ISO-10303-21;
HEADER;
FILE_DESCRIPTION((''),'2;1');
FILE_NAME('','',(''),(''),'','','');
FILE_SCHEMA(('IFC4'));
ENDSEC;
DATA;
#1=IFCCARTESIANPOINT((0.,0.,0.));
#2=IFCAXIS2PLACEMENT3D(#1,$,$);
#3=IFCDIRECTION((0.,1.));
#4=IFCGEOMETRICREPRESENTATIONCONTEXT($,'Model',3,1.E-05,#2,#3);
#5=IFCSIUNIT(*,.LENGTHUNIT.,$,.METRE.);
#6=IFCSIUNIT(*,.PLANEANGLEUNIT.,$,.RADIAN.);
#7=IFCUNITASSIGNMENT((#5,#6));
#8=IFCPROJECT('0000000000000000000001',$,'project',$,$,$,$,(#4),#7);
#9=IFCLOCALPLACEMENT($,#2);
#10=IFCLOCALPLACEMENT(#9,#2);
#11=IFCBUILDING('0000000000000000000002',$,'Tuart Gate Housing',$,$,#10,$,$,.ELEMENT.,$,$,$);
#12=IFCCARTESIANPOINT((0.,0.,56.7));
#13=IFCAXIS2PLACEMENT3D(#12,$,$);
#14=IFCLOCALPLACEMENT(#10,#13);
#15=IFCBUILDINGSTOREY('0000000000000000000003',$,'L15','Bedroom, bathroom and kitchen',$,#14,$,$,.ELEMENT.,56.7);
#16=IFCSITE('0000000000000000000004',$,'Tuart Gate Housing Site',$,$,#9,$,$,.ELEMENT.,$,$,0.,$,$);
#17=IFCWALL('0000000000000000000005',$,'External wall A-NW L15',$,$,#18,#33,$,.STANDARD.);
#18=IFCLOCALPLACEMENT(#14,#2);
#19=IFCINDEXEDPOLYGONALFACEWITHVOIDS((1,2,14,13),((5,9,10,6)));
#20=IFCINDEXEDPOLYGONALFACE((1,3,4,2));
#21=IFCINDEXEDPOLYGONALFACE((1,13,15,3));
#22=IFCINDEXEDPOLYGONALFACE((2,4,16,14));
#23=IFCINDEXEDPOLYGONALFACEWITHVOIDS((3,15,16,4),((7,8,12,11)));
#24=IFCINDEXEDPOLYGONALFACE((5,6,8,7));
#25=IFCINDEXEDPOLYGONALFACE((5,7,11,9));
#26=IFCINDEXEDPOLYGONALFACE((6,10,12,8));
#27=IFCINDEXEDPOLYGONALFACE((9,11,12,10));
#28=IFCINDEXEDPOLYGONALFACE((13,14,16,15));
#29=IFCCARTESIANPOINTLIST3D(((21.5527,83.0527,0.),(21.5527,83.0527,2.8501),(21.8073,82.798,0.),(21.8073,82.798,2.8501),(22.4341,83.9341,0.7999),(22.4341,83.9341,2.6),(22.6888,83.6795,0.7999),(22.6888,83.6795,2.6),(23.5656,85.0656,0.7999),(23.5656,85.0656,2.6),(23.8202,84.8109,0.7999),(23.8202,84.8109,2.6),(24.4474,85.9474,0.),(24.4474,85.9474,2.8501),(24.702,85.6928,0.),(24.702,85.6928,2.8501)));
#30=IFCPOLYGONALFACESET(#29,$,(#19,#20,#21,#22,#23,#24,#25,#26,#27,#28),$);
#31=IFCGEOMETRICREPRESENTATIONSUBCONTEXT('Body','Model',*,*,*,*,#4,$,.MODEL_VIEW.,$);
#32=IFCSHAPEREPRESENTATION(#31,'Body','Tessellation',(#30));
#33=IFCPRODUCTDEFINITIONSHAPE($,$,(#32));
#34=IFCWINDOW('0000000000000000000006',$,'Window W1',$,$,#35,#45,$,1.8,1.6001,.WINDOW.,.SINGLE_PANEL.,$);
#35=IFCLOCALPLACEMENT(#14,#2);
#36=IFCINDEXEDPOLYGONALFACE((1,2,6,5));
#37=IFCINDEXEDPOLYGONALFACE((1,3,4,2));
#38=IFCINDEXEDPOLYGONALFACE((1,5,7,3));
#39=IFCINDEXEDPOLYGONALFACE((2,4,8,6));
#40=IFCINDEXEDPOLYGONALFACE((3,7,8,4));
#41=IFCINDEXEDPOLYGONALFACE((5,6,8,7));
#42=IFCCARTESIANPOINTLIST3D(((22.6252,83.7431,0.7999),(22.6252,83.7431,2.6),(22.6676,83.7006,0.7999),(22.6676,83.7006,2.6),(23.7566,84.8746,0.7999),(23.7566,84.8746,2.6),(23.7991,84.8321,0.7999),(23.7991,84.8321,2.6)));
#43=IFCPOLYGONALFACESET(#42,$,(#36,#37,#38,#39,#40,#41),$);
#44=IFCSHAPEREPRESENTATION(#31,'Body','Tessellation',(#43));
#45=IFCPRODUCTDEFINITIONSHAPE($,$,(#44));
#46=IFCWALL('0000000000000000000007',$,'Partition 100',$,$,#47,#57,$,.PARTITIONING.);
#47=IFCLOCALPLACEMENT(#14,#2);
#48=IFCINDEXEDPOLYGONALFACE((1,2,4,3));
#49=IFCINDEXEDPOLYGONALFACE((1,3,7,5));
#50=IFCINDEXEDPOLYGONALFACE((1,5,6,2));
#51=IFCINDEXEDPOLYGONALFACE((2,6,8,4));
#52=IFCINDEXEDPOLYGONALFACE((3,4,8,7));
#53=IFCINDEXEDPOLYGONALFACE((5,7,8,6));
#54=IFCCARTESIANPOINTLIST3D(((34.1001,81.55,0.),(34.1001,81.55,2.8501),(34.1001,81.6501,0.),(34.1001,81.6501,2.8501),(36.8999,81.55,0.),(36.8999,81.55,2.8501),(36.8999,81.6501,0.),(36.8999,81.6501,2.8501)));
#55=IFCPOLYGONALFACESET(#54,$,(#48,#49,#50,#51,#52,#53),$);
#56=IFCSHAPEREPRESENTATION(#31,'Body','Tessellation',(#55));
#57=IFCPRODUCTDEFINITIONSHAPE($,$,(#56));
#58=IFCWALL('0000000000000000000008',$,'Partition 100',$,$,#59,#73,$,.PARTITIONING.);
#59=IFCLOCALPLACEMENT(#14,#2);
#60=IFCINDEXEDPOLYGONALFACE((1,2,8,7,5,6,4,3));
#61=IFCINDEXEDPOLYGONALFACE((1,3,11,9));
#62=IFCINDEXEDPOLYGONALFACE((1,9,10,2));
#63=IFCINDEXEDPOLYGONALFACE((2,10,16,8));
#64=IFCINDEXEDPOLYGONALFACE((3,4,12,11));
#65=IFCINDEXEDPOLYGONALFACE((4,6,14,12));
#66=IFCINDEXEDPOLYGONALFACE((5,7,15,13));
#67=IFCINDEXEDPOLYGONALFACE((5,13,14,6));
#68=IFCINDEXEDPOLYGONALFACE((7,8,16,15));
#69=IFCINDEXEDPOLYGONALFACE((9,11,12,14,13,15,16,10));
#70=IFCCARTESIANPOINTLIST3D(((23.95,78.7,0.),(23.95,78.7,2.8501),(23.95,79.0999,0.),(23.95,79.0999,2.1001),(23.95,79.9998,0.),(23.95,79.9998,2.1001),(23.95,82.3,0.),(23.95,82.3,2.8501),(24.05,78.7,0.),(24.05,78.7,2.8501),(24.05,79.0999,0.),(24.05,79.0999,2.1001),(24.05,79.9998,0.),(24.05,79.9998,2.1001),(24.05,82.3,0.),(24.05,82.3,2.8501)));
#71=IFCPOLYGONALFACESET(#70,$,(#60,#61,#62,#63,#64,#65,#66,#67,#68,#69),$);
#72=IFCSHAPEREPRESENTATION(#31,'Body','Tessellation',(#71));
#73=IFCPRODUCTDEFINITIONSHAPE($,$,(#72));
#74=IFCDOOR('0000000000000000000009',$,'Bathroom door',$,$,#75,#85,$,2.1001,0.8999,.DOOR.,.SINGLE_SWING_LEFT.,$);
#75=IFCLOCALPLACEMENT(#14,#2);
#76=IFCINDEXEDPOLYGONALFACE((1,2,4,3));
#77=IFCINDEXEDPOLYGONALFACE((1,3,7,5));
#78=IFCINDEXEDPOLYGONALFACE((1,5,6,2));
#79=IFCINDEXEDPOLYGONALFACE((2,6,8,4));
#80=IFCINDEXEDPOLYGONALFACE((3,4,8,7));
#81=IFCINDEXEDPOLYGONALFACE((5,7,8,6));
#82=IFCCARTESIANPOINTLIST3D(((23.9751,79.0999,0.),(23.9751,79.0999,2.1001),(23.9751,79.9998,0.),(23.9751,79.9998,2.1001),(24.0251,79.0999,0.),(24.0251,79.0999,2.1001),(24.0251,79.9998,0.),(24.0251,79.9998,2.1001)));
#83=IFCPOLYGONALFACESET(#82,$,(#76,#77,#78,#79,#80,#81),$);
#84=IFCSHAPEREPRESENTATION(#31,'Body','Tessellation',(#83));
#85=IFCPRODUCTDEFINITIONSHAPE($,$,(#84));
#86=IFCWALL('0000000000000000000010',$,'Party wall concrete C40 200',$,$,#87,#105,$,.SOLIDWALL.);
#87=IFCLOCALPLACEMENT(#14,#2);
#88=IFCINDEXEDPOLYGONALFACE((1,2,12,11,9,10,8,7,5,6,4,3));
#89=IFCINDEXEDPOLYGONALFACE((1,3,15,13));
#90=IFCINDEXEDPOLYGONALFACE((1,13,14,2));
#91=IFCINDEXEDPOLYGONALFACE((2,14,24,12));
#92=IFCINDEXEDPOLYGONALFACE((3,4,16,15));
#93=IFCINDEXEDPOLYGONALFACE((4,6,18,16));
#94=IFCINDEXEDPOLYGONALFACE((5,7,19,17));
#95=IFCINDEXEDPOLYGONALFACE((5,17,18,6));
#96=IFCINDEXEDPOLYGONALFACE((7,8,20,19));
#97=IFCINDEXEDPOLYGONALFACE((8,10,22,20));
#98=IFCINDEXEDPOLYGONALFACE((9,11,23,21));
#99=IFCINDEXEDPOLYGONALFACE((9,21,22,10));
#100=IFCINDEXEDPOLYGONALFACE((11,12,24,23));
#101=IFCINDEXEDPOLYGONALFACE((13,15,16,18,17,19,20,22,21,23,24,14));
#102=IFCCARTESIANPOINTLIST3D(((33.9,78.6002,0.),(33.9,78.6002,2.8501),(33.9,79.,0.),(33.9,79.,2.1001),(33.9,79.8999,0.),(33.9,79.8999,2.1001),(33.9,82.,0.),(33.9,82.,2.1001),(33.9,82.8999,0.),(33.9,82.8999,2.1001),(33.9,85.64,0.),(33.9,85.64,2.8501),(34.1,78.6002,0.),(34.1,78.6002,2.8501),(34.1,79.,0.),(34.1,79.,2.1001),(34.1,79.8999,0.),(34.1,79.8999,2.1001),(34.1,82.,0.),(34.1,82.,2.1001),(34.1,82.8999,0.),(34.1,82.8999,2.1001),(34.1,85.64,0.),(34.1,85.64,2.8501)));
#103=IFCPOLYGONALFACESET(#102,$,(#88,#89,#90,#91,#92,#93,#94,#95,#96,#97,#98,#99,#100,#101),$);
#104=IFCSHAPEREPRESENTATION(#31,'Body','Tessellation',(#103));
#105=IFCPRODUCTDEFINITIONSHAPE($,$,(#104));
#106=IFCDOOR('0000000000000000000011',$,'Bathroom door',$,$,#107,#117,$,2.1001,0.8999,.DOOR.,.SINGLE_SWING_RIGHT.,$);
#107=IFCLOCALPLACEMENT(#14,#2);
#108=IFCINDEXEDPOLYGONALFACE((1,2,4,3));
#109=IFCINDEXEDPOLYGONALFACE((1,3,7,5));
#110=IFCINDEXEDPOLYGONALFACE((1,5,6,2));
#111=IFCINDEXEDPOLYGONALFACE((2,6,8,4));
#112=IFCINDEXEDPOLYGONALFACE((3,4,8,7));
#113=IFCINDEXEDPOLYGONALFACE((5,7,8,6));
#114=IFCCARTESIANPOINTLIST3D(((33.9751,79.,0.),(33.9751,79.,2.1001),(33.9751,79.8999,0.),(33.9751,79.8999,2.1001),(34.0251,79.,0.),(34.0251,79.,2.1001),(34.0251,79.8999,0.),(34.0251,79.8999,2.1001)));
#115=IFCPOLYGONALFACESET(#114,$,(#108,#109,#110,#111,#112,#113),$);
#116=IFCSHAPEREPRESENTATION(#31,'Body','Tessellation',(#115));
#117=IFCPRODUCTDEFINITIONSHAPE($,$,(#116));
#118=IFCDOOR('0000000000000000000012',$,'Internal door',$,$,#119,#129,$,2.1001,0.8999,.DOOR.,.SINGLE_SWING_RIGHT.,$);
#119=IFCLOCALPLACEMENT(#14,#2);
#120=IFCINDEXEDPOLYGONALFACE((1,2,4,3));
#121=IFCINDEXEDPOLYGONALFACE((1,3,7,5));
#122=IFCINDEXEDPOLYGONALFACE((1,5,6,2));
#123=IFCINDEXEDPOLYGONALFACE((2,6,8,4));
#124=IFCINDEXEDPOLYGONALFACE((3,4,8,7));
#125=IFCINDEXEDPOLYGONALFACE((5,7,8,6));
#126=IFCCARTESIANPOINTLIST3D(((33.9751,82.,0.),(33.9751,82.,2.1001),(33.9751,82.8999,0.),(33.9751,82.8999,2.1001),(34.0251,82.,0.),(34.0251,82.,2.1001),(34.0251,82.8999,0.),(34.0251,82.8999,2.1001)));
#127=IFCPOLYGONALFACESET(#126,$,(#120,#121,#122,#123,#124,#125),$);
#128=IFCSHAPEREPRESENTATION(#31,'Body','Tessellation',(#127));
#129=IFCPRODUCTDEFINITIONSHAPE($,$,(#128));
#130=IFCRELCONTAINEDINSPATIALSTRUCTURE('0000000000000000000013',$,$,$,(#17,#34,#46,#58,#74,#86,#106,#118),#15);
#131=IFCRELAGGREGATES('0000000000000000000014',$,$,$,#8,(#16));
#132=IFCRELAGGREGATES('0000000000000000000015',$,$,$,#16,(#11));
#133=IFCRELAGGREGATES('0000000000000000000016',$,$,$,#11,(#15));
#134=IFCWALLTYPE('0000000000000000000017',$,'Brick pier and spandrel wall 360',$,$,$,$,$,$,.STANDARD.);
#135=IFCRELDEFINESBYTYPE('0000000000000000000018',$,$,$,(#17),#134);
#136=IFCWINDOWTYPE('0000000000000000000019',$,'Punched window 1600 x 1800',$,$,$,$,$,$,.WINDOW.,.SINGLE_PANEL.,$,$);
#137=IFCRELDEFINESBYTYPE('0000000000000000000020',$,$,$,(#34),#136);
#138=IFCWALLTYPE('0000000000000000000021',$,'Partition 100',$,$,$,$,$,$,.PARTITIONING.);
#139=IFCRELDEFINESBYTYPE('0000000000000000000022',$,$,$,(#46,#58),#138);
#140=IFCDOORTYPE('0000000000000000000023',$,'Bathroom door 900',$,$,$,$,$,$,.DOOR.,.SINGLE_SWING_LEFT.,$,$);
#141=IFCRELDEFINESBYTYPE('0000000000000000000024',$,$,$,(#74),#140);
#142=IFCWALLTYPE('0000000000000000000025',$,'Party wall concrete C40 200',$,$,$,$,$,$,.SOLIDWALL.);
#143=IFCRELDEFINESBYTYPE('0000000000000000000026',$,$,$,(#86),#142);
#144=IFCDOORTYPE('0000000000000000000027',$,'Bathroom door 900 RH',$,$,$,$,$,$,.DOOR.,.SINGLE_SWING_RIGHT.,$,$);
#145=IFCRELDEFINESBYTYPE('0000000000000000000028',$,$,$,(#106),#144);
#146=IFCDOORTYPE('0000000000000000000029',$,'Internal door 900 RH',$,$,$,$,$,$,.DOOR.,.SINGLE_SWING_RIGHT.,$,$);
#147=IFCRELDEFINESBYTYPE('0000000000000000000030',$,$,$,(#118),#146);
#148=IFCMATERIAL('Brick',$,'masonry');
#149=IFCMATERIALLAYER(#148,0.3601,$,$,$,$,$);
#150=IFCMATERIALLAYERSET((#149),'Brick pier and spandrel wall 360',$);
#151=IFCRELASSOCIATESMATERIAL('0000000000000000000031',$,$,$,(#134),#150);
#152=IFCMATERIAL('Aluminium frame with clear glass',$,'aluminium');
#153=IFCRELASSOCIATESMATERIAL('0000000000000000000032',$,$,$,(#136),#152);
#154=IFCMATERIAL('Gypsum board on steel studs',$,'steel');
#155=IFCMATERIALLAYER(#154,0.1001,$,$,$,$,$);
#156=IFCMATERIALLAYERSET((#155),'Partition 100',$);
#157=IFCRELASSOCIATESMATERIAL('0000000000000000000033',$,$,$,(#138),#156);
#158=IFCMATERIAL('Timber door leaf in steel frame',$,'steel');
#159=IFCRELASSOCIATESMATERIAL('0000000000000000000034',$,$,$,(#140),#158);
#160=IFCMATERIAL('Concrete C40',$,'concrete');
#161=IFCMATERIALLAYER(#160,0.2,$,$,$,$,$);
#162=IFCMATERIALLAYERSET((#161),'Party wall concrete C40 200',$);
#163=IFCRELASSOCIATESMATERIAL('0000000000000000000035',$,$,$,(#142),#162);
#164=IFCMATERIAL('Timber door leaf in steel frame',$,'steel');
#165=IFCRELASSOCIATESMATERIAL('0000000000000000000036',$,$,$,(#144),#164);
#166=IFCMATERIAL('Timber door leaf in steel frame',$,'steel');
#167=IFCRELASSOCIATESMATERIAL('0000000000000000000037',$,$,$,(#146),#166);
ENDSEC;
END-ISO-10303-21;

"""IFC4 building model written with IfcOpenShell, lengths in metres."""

from ifc_helpers import new_model, si_unit, direction, frame, frame_2d, origin, place, context, subcontext, project, spatial, rectangle, extrude, material, layer, layer_set, type_object, element, fill, save


model = new_model("IFC4")

# Units and contexts
model_context = context("Model", 3, precision=1e-05, world=origin(), true_north=direction((0.0, 1.0)))
body_context = subcontext(model_context, "Body", "Model", "MODEL_VIEW")
ifc_project = project(units=[si_unit("LENGTHUNIT", "METRE"), si_unit("PLANEANGLEUNIT", "RADIAN")], contexts=[model_context])

# Site, building, storey
site_placement = place(None, origin())
site = spatial("IfcSite", under=ifc_project, at=site_placement, Name="Tuart Gate Housing Site", CompositionType="ELEMENT", RefElevation=0.0)
building_placement = place(site_placement, origin())
building = spatial("IfcBuilding", under=site, at=building_placement, Name="Tuart Gate Housing", CompositionType="ELEMENT")
storey_placement = place(building_placement, frame((0.0, 0.0, 56.7)))
storey = spatial("IfcBuildingStorey", under=building, at=storey_placement, Name="L15", Description="Bedroom, bathroom and kitchen", CompositionType="ELEMENT", Elevation=56.7)

# Wall, opening, window
ifc_material_1 = material(Name="Brick", Category="masonry")
ifc_layer_1 = layer(ifc_material_1, 0.3601)
ifc_layer_set_1 = layer_set([ifc_layer_1], Name="Brick pier and spandrel wall 360")
wall_type_1 = type_object("IfcWallType", Name="Brick pier and spandrel wall 360", PredefinedType="STANDARD", material=ifc_layer_set_1)
wall_1_placement = place(storey_placement, frame((24.5747, 85.8201, 0.0), z_axis=(0.0, 0.0, 1.0), x_axis=(-0.707107, -0.707107, 0.0)))
wall_1 = element("IfcWall", 1, at=wall_1_placement, inside=storey, type_object=wall_type_1, Name="External wall A-NW L15", PredefinedType="STANDARD", context=body_context, shape_type="SweptSolid", body=[
    extrude(rectangle(XDim=4.0938, YDim=0.3601, at=frame_2d((2.0469, 0.0))), origin(), (0.0, 0.0, 1.0), 2.8501),
])
opening_1_placement = place(wall_1_placement, frame((1.2471, 0.0, 0.8)))
opening_1 = element("IfcOpeningElement", 2, at=opening_1_placement, cuts=wall_1, PredefinedType="OPENING", context=body_context, shape_type="SweptSolid", body=[
    extrude(rectangle(XDim=1.6001, YDim=1.8, at=frame_2d((0.8, 0.8999))), frame((0.0, 0.1899, 0.0), z_axis=(0.0, -1.0, 0.0), x_axis=(1.0, 0.0, 0.0)), (0.0, 0.0, 1.0), 0.3801),
])
ifc_material_2 = material(Name="Aluminium frame with clear glass", Category="aluminium")
window_type = type_object("IfcWindowType", Name="Punched window 1600 x 1800", PartitioningType="SINGLE_PANEL", PredefinedType="WINDOW", material=ifc_material_2)
window_placement = place(opening_1_placement, origin())
window = element("IfcWindow", 3, at=window_placement, inside=storey, type_object=window_type, Name="Window W1", OverallHeight=1.8, OverallWidth=1.6001, PartitioningType="SINGLE_PANEL", PredefinedType="WINDOW", context=body_context, shape_type="SweptSolid", body=[
    extrude(rectangle(XDim=1.6001, YDim=1.8, at=frame_2d((0.8, 0.8999))), frame((0.0, 0.1501, 0.0), z_axis=(0.0, -1.0, 0.0), x_axis=(1.0, 0.0, 0.0)), (0.0, 0.0, 1.0), 0.0601),
])
fill(opening_1, window)

# Wall
ifc_material_3 = material(Name="Gypsum board on steel studs", Category="steel")
ifc_layer_2 = layer(ifc_material_3, 0.1001)
ifc_layer_set_2 = layer_set([ifc_layer_2], Name="Partition 100")
wall_type_2 = type_object("IfcWallType", Name="Partition 100", PredefinedType="PARTITIONING", material=ifc_layer_set_2)
wall_2_placement = place(storey_placement, frame((34.1001, 81.6001, 0.0), z_axis=(0.0, 0.0, 1.0), x_axis=(1.0, 0.0, 0.0)))
element("IfcWall", 4, at=wall_2_placement, inside=storey, type_object=wall_type_2, Name="Partition 100", PredefinedType="PARTITIONING", context=body_context, shape_type="SweptSolid", body=[
    extrude(rectangle(XDim=2.7998, YDim=0.1001, at=frame_2d((1.3999, 0.0))), origin(), (0.0, 0.0, 1.0), 2.8501),
])

# Wall, opening, door
wall_3_placement = place(storey_placement, frame((24.0, 78.7, 0.0), z_axis=(0.0, 0.0, 1.0), x_axis=(0.0, 1.0, 0.0)))
wall_3 = element("IfcWall", 5, at=wall_3_placement, inside=storey, type_object=wall_type_2, Name="Partition 100", PredefinedType="PARTITIONING", context=body_context, shape_type="SweptSolid", body=[
    extrude(rectangle(XDim=3.6001, YDim=0.1001, at=frame_2d((1.8, 0.0))), origin(), (0.0, 0.0, 1.0), 2.8501),
])
opening_2_placement = place(wall_3_placement, frame((0.3999, 0.0, 0.0)))
opening_2 = element("IfcOpeningElement", 6, at=opening_2_placement, cuts=wall_3, PredefinedType="OPENING", context=body_context, shape_type="SweptSolid", body=[
    extrude(rectangle(XDim=0.8999, YDim=2.1001, at=frame_2d((0.45, 1.05))), frame((0.0, 0.0601, 0.0), z_axis=(0.0, -1.0, 0.0), x_axis=(1.0, 0.0, 0.0)), (0.0, 0.0, 1.0), 0.1201),
])
ifc_material_4 = material(Name="Timber door leaf in steel frame", Category="steel")
door_type_1 = type_object("IfcDoorType", Name="Bathroom door 900", OperationType="SINGLE_SWING_LEFT", PredefinedType="DOOR", material=ifc_material_4)
door_1_placement = place(opening_2_placement, origin())
door_1 = element("IfcDoor", 7, at=door_1_placement, inside=storey, type_object=door_type_1, Name="Bathroom door", OperationType="SINGLE_SWING_LEFT", OverallHeight=2.1001, OverallWidth=0.8999, PredefinedType="DOOR", context=body_context, shape_type="SweptSolid", body=[
    extrude(rectangle(XDim=0.8999, YDim=2.1001, at=frame_2d((0.45, 1.05))), frame((0.0, 0.0249, 0.0), z_axis=(0.0, -1.0, 0.0), x_axis=(1.0, 0.0, 0.0)), (0.0, 0.0, 1.0), 0.05),
])
fill(opening_2, door_1)

# Wall, openings, doors
ifc_material_5 = material(Name="Concrete C40", Category="concrete")
ifc_layer_3 = layer(ifc_material_5, 0.2)
ifc_layer_set_3 = layer_set([ifc_layer_3], Name="Party wall concrete C40 200")
wall_type_3 = type_object("IfcWallType", Name="Party wall concrete C40 200", PredefinedType="SOLIDWALL", material=ifc_layer_set_3)
wall_4_placement = place(storey_placement, frame((34.0, 78.6001, 0.0), z_axis=(0.0, 0.0, 1.0), x_axis=(0.0, 1.0, 0.0)))
wall_4 = element("IfcWall", 8, at=wall_4_placement, inside=storey, type_object=wall_type_3, Name="Party wall concrete C40 200", PredefinedType="SOLIDWALL", context=body_context, shape_type="SweptSolid", body=[
    extrude(rectangle(XDim=7.0398, YDim=0.2, at=frame_2d((3.52, 0.0))), origin(), (0.0, 0.0, 1.0), 2.8501),
])
opening_3_placement = place(wall_4_placement, frame((3.3999, 0.0, 0.0)))
opening_3 = element("IfcOpeningElement", 9, at=opening_3_placement, cuts=wall_4, PredefinedType="OPENING", context=body_context, shape_type="SweptSolid", body=[
    extrude(rectangle(XDim=0.8999, YDim=2.1001, at=frame_2d((0.45, 1.05))), frame((0.0, 0.1099, 0.0), z_axis=(0.0, -1.0, 0.0), x_axis=(1.0, 0.0, 0.0)), (0.0, 0.0, 1.0), 0.22),
])
opening_4_placement = place(wall_4_placement, frame((0.3999, 0.0, 0.0)))
opening_4 = element("IfcOpeningElement", 10, at=opening_4_placement, cuts=wall_4, PredefinedType="OPENING", context=body_context, shape_type="SweptSolid", body=[
    extrude(rectangle(XDim=0.8999, YDim=2.1001, at=frame_2d((0.45, 1.05))), frame((0.0, 0.1099, 0.0), z_axis=(0.0, -1.0, 0.0), x_axis=(1.0, 0.0, 0.0)), (0.0, 0.0, 1.0), 0.22),
])
ifc_material_6 = material(Name="Timber door leaf in steel frame", Category="steel")
door_type_2 = type_object("IfcDoorType", Name="Bathroom door 900 RH", OperationType="SINGLE_SWING_RIGHT", PredefinedType="DOOR", material=ifc_material_6)
door_2_placement = place(opening_4_placement, frame((0.8999, 0.0, 0.0), z_axis=(0.0, 0.0, 1.0), x_axis=(-1.0, 0.0, 0.0)))
door_2 = element("IfcDoor", 11, at=door_2_placement, inside=storey, type_object=door_type_2, Name="Bathroom door", OperationType="SINGLE_SWING_RIGHT", OverallHeight=2.1001, OverallWidth=0.8999, PredefinedType="DOOR", context=body_context, shape_type="SweptSolid", body=[
    extrude(rectangle(XDim=0.8999, YDim=2.1001, at=frame_2d((0.45, 1.05))), frame((0.0, 0.0251, 0.0), z_axis=(0.0, -1.0, 0.0), x_axis=(1.0, 0.0, 0.0)), (0.0, 0.0, 1.0), 0.05),
])
fill(opening_4, door_2)
ifc_material_7 = material(Name="Timber door leaf in steel frame", Category="steel")
door_type_3 = type_object("IfcDoorType", Name="Internal door 900 RH", OperationType="SINGLE_SWING_RIGHT", PredefinedType="DOOR", material=ifc_material_7)
door_3_placement = place(opening_3_placement, frame((0.8999, 0.0, 0.0), z_axis=(0.0, 0.0, 1.0), x_axis=(-1.0, 0.0, 0.0)))
door_3 = element("IfcDoor", 12, at=door_3_placement, inside=storey, type_object=door_type_3, Name="Internal door", OperationType="SINGLE_SWING_RIGHT", OverallHeight=2.1001, OverallWidth=0.8999, PredefinedType="DOOR", context=body_context, shape_type="SweptSolid", body=[
    extrude(rectangle(XDim=0.8999, YDim=2.1001, at=frame_2d((0.45, 1.05))), frame((0.0, 0.0251, 0.0), z_axis=(0.0, -1.0, 0.0), x_axis=(1.0, 0.0, 0.0)), (0.0, 0.0, 1.0), 0.05),
])
fill(opening_3, door_3)

save(model, "model.ifc")
